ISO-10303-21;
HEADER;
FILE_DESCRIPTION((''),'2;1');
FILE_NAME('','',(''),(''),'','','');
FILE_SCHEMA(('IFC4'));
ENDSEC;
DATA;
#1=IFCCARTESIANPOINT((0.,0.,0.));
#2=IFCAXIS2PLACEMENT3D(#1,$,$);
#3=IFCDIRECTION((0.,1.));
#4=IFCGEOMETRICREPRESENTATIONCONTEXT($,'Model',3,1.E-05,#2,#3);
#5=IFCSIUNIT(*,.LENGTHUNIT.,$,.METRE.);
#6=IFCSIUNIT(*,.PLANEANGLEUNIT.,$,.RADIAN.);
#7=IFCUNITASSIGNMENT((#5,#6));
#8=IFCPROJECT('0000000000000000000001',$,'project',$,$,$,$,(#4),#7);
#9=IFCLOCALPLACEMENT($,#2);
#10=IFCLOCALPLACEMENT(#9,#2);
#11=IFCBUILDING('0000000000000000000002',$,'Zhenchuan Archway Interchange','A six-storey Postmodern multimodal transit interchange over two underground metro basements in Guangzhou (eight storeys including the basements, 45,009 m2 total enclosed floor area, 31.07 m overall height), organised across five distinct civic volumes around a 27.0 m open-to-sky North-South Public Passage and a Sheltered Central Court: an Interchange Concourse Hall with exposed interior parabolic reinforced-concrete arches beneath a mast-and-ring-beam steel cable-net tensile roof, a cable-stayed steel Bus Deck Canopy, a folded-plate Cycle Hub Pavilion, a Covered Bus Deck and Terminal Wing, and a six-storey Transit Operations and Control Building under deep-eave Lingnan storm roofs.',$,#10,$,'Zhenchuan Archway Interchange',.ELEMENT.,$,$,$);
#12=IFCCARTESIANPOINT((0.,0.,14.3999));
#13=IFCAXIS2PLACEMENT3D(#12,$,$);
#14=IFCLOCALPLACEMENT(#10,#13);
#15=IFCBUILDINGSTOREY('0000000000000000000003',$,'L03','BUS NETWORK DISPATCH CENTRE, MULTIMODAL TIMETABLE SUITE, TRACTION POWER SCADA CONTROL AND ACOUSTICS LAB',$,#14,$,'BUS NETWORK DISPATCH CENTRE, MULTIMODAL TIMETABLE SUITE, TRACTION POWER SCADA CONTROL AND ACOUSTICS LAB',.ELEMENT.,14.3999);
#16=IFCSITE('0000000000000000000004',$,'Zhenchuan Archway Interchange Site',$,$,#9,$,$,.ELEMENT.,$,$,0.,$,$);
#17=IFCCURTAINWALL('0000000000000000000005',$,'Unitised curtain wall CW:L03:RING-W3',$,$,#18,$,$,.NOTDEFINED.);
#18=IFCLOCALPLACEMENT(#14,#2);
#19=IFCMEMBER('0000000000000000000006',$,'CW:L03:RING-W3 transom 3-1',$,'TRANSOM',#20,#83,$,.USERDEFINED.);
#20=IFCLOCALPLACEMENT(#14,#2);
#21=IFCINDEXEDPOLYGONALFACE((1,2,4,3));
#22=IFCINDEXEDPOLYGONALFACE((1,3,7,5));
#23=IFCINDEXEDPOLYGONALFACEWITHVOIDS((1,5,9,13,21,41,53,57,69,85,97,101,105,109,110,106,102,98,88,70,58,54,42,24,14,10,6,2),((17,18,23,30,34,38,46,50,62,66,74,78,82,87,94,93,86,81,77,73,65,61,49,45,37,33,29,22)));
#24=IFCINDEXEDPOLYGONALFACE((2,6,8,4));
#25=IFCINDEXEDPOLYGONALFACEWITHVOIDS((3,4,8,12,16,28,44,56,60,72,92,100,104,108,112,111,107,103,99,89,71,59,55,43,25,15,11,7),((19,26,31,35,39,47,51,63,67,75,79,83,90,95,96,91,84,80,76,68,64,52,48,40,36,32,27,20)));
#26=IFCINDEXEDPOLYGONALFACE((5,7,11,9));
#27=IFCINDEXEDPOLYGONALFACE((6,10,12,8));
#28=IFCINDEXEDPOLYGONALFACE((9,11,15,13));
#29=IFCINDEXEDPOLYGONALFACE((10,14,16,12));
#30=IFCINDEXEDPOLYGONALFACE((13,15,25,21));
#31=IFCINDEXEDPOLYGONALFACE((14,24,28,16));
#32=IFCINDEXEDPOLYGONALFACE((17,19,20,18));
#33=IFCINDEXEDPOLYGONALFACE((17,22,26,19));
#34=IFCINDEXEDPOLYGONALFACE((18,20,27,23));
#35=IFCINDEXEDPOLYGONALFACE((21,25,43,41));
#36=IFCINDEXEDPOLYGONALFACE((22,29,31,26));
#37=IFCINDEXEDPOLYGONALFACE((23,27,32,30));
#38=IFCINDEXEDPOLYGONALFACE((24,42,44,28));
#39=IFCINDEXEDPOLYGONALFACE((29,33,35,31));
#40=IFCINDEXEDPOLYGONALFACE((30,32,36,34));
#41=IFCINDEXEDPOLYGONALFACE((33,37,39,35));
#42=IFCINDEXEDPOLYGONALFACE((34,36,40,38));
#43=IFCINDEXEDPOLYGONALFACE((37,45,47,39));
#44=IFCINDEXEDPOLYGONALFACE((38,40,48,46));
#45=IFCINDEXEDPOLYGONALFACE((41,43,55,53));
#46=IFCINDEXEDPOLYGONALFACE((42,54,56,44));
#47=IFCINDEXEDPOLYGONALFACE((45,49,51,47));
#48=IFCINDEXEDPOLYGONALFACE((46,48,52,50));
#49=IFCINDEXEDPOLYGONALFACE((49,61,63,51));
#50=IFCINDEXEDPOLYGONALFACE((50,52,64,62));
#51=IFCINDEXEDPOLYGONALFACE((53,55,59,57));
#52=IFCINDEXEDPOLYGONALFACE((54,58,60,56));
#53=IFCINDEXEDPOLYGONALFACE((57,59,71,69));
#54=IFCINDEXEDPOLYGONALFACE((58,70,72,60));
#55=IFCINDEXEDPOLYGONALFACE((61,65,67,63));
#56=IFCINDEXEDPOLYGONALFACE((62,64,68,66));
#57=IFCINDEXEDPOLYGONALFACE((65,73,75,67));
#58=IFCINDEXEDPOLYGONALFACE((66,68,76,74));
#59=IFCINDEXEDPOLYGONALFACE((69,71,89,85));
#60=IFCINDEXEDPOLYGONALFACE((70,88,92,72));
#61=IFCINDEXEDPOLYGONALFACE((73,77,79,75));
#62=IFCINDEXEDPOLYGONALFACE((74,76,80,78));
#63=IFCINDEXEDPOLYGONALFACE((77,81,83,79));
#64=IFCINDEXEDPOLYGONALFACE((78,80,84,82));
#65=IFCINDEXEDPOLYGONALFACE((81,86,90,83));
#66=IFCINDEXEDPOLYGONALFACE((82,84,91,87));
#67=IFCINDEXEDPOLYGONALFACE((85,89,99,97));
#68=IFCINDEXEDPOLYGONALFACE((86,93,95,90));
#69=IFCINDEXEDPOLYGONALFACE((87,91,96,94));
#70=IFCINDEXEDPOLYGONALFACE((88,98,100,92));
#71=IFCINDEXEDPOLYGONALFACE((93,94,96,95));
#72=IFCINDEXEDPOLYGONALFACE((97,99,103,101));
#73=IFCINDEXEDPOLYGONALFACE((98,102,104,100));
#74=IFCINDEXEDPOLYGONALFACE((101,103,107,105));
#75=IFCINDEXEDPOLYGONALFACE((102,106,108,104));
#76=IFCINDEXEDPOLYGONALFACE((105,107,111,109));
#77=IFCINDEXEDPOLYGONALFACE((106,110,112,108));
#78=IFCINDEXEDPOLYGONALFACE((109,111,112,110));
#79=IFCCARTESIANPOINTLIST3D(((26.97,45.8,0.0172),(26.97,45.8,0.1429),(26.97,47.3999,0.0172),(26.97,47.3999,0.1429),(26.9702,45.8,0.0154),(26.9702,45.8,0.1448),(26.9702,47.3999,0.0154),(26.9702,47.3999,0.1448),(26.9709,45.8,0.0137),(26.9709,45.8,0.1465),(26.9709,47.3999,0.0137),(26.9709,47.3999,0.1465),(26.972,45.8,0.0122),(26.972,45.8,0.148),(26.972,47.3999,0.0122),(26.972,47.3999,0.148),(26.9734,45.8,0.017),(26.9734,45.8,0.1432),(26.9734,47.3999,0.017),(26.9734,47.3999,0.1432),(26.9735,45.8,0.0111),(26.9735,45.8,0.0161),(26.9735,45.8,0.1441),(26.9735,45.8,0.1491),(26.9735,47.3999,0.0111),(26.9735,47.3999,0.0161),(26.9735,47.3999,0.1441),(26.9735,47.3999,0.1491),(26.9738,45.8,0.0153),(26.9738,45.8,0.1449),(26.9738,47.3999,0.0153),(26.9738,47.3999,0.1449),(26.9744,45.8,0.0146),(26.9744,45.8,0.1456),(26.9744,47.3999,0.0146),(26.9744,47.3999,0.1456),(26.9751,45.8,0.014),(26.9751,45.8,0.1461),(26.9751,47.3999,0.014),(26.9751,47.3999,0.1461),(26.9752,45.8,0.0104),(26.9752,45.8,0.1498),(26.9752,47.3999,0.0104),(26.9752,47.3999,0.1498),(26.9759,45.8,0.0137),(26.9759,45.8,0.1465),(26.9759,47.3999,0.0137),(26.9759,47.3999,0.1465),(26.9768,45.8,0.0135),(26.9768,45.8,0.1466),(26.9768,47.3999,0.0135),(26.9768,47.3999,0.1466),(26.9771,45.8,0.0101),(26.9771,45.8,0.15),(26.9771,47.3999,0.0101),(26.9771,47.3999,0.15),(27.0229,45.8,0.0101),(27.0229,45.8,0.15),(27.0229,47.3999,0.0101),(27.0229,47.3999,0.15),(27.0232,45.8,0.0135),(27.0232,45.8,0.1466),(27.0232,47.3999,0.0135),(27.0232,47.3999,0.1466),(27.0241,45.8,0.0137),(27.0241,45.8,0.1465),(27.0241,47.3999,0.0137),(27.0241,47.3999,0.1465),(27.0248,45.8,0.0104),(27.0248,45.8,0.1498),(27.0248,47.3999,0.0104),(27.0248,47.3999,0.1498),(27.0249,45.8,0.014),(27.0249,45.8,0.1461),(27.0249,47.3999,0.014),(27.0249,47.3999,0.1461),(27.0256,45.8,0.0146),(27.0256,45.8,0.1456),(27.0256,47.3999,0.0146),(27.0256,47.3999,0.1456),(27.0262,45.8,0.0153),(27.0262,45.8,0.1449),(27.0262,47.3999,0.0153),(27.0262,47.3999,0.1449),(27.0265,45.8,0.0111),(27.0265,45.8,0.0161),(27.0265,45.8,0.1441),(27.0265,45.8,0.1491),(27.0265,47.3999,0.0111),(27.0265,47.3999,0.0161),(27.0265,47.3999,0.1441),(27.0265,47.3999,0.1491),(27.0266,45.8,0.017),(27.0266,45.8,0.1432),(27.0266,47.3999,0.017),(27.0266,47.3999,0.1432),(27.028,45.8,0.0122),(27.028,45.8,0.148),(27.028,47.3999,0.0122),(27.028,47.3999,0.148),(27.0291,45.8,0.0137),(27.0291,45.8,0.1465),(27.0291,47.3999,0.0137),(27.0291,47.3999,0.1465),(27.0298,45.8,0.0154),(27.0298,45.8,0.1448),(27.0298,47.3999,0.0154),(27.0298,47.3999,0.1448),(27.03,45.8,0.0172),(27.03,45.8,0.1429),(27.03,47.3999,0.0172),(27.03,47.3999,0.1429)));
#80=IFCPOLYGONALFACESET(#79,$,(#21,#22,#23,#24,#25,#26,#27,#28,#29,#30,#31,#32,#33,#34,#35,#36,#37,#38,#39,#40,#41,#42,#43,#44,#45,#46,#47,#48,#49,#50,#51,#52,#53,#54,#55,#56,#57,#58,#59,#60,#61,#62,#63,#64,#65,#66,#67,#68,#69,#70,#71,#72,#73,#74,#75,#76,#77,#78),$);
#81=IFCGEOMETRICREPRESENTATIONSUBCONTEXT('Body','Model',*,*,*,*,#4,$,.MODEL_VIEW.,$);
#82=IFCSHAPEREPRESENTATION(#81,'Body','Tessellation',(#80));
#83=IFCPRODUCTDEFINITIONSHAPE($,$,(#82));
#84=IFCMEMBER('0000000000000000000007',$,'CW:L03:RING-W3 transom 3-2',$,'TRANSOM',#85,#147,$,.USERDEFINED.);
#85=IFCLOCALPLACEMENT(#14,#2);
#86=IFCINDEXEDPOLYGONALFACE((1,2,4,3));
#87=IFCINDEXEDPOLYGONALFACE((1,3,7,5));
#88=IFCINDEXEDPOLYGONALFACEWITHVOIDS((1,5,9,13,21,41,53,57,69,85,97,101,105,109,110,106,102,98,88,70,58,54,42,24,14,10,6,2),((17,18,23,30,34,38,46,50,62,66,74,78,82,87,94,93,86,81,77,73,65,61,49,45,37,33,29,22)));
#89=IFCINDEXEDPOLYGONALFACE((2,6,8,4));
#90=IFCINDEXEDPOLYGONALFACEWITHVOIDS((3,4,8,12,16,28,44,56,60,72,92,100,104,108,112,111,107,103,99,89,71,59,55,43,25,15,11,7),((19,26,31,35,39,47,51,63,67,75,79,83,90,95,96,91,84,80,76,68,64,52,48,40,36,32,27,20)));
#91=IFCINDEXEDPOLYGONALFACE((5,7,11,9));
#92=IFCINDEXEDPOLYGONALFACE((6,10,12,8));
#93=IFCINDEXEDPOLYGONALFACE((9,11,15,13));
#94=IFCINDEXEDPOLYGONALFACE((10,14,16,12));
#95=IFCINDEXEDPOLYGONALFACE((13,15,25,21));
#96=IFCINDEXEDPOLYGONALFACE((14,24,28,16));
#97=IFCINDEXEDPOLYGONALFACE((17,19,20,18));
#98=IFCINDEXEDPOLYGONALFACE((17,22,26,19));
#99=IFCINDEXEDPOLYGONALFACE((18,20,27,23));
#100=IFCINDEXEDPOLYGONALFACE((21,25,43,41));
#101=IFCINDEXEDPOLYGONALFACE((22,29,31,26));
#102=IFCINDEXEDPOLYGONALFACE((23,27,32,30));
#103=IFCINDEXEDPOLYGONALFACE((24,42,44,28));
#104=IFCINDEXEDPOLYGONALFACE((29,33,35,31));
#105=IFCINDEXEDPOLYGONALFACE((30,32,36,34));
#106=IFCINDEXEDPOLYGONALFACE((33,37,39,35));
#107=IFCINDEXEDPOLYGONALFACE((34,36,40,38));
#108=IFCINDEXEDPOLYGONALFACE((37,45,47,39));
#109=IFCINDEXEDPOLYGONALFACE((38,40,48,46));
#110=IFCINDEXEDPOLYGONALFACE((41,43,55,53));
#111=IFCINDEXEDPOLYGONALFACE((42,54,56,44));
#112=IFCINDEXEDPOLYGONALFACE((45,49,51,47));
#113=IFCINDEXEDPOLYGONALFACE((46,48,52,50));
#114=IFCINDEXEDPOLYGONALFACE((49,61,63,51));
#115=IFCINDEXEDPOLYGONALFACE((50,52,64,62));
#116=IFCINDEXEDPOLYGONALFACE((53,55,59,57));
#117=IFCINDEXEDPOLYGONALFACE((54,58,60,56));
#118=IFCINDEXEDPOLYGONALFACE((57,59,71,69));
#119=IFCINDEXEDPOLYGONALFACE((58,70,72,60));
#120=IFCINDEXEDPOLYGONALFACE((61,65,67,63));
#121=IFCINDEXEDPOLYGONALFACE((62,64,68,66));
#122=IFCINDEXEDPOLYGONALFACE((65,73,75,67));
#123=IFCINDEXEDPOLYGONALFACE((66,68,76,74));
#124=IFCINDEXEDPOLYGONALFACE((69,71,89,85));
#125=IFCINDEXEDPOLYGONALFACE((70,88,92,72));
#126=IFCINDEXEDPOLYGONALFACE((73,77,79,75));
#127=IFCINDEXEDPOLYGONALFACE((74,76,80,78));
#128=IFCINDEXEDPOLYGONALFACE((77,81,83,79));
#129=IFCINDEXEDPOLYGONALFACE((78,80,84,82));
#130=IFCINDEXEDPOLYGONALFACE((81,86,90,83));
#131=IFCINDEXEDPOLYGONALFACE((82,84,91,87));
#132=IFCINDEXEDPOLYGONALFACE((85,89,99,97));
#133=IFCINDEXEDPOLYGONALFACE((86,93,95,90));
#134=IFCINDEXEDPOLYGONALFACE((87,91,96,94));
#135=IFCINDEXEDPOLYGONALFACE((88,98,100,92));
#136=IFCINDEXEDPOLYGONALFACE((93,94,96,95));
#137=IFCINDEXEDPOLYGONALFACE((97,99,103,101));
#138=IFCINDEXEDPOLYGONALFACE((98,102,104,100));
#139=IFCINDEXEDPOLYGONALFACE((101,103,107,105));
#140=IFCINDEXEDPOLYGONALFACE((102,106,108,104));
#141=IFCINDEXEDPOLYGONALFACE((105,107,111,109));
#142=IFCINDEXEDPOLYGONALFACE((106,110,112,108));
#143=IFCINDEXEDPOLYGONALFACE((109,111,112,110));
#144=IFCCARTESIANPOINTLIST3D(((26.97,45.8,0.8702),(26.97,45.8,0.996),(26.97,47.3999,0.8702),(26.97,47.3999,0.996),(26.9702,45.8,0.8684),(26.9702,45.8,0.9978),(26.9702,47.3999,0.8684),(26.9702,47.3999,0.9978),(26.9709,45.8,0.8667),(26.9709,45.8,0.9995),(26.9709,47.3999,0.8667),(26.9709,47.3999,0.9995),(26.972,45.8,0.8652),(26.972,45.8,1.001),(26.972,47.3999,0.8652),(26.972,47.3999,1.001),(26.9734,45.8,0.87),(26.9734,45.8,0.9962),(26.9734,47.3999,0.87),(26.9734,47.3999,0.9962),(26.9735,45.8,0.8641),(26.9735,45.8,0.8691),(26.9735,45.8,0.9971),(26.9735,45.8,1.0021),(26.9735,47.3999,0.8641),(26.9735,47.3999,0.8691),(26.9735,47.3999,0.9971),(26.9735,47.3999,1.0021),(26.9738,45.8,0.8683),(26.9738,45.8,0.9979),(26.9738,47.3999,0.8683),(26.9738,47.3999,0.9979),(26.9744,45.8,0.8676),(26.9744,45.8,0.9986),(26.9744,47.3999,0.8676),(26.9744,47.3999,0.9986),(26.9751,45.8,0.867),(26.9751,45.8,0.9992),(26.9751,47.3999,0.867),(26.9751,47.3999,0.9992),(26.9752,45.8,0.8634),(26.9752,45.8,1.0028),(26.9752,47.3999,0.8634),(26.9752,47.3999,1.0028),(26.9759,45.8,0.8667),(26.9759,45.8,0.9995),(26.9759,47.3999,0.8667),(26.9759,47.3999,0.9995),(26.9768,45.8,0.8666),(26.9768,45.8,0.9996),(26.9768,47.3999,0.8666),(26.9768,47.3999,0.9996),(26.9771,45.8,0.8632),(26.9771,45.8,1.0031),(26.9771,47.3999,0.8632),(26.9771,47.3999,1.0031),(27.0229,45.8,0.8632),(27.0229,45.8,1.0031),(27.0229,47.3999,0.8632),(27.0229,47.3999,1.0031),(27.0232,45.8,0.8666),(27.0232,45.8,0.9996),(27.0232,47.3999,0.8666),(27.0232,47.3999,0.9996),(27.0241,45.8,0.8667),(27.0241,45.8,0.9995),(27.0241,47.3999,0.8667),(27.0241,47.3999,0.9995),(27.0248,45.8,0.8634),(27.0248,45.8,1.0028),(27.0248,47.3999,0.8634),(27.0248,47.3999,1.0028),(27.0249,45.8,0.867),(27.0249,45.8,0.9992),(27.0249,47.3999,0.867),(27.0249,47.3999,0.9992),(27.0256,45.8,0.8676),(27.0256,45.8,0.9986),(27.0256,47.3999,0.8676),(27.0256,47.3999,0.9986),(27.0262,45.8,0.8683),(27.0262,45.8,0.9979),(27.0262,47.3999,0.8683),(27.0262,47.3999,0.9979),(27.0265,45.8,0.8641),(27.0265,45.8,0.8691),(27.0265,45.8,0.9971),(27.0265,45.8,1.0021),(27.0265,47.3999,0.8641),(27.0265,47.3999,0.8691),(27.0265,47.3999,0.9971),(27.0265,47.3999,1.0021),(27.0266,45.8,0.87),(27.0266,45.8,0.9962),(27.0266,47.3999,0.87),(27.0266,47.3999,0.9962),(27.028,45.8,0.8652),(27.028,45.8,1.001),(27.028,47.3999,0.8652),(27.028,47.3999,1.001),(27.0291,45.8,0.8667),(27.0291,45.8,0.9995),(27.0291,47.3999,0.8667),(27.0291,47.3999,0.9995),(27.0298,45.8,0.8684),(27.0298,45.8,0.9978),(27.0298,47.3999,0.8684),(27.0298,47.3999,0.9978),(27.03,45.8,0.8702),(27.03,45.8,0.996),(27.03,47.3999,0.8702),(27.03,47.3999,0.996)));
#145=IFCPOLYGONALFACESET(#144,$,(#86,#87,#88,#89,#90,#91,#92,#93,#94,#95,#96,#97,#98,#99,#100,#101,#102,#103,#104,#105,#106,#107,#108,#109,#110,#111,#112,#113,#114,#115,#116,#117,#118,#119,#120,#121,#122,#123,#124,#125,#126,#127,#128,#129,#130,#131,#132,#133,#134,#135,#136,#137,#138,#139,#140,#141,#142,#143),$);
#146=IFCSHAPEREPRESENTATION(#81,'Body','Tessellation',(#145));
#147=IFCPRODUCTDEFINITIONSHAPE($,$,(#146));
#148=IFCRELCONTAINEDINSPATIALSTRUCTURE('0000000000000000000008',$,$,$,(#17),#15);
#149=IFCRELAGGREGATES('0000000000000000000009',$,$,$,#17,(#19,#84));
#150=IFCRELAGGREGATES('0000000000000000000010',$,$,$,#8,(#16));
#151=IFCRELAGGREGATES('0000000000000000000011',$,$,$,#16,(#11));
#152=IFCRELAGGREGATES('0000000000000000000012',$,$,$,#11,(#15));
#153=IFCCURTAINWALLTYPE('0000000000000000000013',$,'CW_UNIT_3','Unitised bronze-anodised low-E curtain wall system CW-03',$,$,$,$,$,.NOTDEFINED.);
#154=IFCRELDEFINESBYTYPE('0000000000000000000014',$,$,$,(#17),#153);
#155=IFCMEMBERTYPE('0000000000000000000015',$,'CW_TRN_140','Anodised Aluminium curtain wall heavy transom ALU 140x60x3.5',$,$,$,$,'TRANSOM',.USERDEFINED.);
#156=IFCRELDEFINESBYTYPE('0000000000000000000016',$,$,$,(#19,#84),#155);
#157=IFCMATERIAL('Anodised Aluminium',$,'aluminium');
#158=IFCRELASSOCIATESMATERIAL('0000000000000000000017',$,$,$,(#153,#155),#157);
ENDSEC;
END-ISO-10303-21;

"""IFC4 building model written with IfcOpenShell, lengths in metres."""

from ifc_helpers import new_model, si_unit, direction, frame, origin, origin_2d, place, context, subcontext, project, spatial, hollow_rectangle, extrude, material, material_profile, profile_set, type_object, element, aggregate, save


model = new_model("IFC4")

# Units and contexts
model_context = context("Model", 3, precision=1e-05, world=origin(), true_north=direction((0.0, 1.0)))
body_context = subcontext(model_context, "Body", "Model", "MODEL_VIEW")
ifc_project = project(units=[si_unit("LENGTHUNIT", "METRE"), si_unit("PLANEANGLEUNIT", "RADIAN")], contexts=[model_context])

# Site, building, storey
site_placement = place(None, origin())
site = spatial("IfcSite", under=ifc_project, at=site_placement, Name="Zhenchuan Archway Interchange Site", CompositionType="ELEMENT", RefElevation=0.0)
building_placement = place(site_placement, origin())
building = spatial("IfcBuilding", under=site, at=building_placement, Name="Zhenchuan Archway Interchange", Description="A six-storey Postmodern multimodal transit interchange over two underground metro basements in Guangzhou (eight storeys including the basements, 45,009 m2 total enclosed floor area, 31.07 m overall height), organised across five distinct civic volumes around a 27.0 m open-to-sky North-South Public Passage and a Sheltered Central Court: an Interchange Concourse Hall with exposed interior parabolic reinforced-concrete arches beneath a mast-and-ring-beam steel cable-net tensile roof, a cable-stayed steel Bus Deck Canopy, a folded-plate Cycle Hub Pavilion, a Covered Bus Deck and Terminal Wing, and a six-storey Transit Operations and Control Building under deep-eave Lingnan storm roofs.", LongName="Zhenchuan Archway Interchange", CompositionType="ELEMENT")
storey_placement = place(building_placement, frame((0.0, 0.0, 14.3999)))
storey = spatial("IfcBuildingStorey", under=building, at=storey_placement, Name="L03", Description="BUS NETWORK DISPATCH CENTRE, MULTIMODAL TIMETABLE SUITE, TRACTION POWER SCADA CONTROL AND ACOUSTICS LAB", LongName="BUS NETWORK DISPATCH CENTRE, MULTIMODAL TIMETABLE SUITE, TRACTION POWER SCADA CONTROL AND ACOUSTICS LAB", CompositionType="ELEMENT", Elevation=14.3999)

# Curtain wall, members
ifc_material_1 = material(Name="Anodised Aluminium", Category="aluminium")
curtain_wall_type = type_object("IfcCurtainWallType", Name="CW_UNIT_3", Description="Unitised bronze-anodised low-E curtain wall system CW-03", PredefinedType="NOTDEFINED", material=ifc_material_1)
curtain_wall_placement = place(storey_placement, origin())
curtain_wall = element("IfcCurtainWall", 1, at=curtain_wall_placement, inside=storey, type_object=curtain_wall_type, Name="Unitised curtain wall CW:L03:RING-W3", PredefinedType="NOTDEFINED")
ifc_material_profile_1 = material_profile(ifc_material_1, hollow_rectangle(XDim=0.0601, YDim=0.1399, WallThickness=0.0034, InnerFilletRadius=0.0034, OuterFilletRadius=0.0071, at=origin_2d()), Name="ALU 140x60x3.5")
ifc_profile_set_1 = profile_set([ifc_material_profile_1], Name="Anodised Aluminium")
member_type_1 = type_object("IfcMemberType", Name="CW_TRN_140", Description="Anodised Aluminium curtain wall heavy transom ALU 140x60x3.5", ElementType="TRANSOM", PredefinedType="USERDEFINED", material=ifc_profile_set_1)
member_1_placement = place(storey_placement, frame((27.0, 45.8, 0.0801), z_axis=(0.0, 1.0, 0.0), x_axis=(-1.0, 0.0, 0.0)))
member_1 = element("IfcMember", 2, at=member_1_placement, type_object=member_type_1, Name="CW:L03:RING-W3 transom 3-1", ObjectType="TRANSOM", PredefinedType="USERDEFINED", context=body_context, shape_type="SweptSolid", body=[
    extrude(hollow_rectangle(XDim=0.0601, YDim=0.1399, WallThickness=0.0034, InnerFilletRadius=0.0034, OuterFilletRadius=0.0071, at=origin_2d()), origin(), (0.0, 0.0, 1.0), 1.5999),
])
member_2_placement = place(storey_placement, frame((27.0, 45.8, 0.9331), z_axis=(0.0, 1.0, 0.0), x_axis=(-1.0, 0.0, 0.0)))
member_2 = element("IfcMember", 3, at=member_2_placement, type_object=member_type_1, Name="CW:L03:RING-W3 transom 3-2", ObjectType="TRANSOM", PredefinedType="USERDEFINED", context=body_context, shape_type="SweptSolid", body=[
    extrude(hollow_rectangle(XDim=0.0601, YDim=0.1399, WallThickness=0.0034, InnerFilletRadius=0.0034, OuterFilletRadius=0.0071, at=origin_2d()), origin(), (0.0, 0.0, 1.0), 1.5999),
])
aggregate(curtain_wall, [member_1, member_2])

save(model, "model.ifc")
